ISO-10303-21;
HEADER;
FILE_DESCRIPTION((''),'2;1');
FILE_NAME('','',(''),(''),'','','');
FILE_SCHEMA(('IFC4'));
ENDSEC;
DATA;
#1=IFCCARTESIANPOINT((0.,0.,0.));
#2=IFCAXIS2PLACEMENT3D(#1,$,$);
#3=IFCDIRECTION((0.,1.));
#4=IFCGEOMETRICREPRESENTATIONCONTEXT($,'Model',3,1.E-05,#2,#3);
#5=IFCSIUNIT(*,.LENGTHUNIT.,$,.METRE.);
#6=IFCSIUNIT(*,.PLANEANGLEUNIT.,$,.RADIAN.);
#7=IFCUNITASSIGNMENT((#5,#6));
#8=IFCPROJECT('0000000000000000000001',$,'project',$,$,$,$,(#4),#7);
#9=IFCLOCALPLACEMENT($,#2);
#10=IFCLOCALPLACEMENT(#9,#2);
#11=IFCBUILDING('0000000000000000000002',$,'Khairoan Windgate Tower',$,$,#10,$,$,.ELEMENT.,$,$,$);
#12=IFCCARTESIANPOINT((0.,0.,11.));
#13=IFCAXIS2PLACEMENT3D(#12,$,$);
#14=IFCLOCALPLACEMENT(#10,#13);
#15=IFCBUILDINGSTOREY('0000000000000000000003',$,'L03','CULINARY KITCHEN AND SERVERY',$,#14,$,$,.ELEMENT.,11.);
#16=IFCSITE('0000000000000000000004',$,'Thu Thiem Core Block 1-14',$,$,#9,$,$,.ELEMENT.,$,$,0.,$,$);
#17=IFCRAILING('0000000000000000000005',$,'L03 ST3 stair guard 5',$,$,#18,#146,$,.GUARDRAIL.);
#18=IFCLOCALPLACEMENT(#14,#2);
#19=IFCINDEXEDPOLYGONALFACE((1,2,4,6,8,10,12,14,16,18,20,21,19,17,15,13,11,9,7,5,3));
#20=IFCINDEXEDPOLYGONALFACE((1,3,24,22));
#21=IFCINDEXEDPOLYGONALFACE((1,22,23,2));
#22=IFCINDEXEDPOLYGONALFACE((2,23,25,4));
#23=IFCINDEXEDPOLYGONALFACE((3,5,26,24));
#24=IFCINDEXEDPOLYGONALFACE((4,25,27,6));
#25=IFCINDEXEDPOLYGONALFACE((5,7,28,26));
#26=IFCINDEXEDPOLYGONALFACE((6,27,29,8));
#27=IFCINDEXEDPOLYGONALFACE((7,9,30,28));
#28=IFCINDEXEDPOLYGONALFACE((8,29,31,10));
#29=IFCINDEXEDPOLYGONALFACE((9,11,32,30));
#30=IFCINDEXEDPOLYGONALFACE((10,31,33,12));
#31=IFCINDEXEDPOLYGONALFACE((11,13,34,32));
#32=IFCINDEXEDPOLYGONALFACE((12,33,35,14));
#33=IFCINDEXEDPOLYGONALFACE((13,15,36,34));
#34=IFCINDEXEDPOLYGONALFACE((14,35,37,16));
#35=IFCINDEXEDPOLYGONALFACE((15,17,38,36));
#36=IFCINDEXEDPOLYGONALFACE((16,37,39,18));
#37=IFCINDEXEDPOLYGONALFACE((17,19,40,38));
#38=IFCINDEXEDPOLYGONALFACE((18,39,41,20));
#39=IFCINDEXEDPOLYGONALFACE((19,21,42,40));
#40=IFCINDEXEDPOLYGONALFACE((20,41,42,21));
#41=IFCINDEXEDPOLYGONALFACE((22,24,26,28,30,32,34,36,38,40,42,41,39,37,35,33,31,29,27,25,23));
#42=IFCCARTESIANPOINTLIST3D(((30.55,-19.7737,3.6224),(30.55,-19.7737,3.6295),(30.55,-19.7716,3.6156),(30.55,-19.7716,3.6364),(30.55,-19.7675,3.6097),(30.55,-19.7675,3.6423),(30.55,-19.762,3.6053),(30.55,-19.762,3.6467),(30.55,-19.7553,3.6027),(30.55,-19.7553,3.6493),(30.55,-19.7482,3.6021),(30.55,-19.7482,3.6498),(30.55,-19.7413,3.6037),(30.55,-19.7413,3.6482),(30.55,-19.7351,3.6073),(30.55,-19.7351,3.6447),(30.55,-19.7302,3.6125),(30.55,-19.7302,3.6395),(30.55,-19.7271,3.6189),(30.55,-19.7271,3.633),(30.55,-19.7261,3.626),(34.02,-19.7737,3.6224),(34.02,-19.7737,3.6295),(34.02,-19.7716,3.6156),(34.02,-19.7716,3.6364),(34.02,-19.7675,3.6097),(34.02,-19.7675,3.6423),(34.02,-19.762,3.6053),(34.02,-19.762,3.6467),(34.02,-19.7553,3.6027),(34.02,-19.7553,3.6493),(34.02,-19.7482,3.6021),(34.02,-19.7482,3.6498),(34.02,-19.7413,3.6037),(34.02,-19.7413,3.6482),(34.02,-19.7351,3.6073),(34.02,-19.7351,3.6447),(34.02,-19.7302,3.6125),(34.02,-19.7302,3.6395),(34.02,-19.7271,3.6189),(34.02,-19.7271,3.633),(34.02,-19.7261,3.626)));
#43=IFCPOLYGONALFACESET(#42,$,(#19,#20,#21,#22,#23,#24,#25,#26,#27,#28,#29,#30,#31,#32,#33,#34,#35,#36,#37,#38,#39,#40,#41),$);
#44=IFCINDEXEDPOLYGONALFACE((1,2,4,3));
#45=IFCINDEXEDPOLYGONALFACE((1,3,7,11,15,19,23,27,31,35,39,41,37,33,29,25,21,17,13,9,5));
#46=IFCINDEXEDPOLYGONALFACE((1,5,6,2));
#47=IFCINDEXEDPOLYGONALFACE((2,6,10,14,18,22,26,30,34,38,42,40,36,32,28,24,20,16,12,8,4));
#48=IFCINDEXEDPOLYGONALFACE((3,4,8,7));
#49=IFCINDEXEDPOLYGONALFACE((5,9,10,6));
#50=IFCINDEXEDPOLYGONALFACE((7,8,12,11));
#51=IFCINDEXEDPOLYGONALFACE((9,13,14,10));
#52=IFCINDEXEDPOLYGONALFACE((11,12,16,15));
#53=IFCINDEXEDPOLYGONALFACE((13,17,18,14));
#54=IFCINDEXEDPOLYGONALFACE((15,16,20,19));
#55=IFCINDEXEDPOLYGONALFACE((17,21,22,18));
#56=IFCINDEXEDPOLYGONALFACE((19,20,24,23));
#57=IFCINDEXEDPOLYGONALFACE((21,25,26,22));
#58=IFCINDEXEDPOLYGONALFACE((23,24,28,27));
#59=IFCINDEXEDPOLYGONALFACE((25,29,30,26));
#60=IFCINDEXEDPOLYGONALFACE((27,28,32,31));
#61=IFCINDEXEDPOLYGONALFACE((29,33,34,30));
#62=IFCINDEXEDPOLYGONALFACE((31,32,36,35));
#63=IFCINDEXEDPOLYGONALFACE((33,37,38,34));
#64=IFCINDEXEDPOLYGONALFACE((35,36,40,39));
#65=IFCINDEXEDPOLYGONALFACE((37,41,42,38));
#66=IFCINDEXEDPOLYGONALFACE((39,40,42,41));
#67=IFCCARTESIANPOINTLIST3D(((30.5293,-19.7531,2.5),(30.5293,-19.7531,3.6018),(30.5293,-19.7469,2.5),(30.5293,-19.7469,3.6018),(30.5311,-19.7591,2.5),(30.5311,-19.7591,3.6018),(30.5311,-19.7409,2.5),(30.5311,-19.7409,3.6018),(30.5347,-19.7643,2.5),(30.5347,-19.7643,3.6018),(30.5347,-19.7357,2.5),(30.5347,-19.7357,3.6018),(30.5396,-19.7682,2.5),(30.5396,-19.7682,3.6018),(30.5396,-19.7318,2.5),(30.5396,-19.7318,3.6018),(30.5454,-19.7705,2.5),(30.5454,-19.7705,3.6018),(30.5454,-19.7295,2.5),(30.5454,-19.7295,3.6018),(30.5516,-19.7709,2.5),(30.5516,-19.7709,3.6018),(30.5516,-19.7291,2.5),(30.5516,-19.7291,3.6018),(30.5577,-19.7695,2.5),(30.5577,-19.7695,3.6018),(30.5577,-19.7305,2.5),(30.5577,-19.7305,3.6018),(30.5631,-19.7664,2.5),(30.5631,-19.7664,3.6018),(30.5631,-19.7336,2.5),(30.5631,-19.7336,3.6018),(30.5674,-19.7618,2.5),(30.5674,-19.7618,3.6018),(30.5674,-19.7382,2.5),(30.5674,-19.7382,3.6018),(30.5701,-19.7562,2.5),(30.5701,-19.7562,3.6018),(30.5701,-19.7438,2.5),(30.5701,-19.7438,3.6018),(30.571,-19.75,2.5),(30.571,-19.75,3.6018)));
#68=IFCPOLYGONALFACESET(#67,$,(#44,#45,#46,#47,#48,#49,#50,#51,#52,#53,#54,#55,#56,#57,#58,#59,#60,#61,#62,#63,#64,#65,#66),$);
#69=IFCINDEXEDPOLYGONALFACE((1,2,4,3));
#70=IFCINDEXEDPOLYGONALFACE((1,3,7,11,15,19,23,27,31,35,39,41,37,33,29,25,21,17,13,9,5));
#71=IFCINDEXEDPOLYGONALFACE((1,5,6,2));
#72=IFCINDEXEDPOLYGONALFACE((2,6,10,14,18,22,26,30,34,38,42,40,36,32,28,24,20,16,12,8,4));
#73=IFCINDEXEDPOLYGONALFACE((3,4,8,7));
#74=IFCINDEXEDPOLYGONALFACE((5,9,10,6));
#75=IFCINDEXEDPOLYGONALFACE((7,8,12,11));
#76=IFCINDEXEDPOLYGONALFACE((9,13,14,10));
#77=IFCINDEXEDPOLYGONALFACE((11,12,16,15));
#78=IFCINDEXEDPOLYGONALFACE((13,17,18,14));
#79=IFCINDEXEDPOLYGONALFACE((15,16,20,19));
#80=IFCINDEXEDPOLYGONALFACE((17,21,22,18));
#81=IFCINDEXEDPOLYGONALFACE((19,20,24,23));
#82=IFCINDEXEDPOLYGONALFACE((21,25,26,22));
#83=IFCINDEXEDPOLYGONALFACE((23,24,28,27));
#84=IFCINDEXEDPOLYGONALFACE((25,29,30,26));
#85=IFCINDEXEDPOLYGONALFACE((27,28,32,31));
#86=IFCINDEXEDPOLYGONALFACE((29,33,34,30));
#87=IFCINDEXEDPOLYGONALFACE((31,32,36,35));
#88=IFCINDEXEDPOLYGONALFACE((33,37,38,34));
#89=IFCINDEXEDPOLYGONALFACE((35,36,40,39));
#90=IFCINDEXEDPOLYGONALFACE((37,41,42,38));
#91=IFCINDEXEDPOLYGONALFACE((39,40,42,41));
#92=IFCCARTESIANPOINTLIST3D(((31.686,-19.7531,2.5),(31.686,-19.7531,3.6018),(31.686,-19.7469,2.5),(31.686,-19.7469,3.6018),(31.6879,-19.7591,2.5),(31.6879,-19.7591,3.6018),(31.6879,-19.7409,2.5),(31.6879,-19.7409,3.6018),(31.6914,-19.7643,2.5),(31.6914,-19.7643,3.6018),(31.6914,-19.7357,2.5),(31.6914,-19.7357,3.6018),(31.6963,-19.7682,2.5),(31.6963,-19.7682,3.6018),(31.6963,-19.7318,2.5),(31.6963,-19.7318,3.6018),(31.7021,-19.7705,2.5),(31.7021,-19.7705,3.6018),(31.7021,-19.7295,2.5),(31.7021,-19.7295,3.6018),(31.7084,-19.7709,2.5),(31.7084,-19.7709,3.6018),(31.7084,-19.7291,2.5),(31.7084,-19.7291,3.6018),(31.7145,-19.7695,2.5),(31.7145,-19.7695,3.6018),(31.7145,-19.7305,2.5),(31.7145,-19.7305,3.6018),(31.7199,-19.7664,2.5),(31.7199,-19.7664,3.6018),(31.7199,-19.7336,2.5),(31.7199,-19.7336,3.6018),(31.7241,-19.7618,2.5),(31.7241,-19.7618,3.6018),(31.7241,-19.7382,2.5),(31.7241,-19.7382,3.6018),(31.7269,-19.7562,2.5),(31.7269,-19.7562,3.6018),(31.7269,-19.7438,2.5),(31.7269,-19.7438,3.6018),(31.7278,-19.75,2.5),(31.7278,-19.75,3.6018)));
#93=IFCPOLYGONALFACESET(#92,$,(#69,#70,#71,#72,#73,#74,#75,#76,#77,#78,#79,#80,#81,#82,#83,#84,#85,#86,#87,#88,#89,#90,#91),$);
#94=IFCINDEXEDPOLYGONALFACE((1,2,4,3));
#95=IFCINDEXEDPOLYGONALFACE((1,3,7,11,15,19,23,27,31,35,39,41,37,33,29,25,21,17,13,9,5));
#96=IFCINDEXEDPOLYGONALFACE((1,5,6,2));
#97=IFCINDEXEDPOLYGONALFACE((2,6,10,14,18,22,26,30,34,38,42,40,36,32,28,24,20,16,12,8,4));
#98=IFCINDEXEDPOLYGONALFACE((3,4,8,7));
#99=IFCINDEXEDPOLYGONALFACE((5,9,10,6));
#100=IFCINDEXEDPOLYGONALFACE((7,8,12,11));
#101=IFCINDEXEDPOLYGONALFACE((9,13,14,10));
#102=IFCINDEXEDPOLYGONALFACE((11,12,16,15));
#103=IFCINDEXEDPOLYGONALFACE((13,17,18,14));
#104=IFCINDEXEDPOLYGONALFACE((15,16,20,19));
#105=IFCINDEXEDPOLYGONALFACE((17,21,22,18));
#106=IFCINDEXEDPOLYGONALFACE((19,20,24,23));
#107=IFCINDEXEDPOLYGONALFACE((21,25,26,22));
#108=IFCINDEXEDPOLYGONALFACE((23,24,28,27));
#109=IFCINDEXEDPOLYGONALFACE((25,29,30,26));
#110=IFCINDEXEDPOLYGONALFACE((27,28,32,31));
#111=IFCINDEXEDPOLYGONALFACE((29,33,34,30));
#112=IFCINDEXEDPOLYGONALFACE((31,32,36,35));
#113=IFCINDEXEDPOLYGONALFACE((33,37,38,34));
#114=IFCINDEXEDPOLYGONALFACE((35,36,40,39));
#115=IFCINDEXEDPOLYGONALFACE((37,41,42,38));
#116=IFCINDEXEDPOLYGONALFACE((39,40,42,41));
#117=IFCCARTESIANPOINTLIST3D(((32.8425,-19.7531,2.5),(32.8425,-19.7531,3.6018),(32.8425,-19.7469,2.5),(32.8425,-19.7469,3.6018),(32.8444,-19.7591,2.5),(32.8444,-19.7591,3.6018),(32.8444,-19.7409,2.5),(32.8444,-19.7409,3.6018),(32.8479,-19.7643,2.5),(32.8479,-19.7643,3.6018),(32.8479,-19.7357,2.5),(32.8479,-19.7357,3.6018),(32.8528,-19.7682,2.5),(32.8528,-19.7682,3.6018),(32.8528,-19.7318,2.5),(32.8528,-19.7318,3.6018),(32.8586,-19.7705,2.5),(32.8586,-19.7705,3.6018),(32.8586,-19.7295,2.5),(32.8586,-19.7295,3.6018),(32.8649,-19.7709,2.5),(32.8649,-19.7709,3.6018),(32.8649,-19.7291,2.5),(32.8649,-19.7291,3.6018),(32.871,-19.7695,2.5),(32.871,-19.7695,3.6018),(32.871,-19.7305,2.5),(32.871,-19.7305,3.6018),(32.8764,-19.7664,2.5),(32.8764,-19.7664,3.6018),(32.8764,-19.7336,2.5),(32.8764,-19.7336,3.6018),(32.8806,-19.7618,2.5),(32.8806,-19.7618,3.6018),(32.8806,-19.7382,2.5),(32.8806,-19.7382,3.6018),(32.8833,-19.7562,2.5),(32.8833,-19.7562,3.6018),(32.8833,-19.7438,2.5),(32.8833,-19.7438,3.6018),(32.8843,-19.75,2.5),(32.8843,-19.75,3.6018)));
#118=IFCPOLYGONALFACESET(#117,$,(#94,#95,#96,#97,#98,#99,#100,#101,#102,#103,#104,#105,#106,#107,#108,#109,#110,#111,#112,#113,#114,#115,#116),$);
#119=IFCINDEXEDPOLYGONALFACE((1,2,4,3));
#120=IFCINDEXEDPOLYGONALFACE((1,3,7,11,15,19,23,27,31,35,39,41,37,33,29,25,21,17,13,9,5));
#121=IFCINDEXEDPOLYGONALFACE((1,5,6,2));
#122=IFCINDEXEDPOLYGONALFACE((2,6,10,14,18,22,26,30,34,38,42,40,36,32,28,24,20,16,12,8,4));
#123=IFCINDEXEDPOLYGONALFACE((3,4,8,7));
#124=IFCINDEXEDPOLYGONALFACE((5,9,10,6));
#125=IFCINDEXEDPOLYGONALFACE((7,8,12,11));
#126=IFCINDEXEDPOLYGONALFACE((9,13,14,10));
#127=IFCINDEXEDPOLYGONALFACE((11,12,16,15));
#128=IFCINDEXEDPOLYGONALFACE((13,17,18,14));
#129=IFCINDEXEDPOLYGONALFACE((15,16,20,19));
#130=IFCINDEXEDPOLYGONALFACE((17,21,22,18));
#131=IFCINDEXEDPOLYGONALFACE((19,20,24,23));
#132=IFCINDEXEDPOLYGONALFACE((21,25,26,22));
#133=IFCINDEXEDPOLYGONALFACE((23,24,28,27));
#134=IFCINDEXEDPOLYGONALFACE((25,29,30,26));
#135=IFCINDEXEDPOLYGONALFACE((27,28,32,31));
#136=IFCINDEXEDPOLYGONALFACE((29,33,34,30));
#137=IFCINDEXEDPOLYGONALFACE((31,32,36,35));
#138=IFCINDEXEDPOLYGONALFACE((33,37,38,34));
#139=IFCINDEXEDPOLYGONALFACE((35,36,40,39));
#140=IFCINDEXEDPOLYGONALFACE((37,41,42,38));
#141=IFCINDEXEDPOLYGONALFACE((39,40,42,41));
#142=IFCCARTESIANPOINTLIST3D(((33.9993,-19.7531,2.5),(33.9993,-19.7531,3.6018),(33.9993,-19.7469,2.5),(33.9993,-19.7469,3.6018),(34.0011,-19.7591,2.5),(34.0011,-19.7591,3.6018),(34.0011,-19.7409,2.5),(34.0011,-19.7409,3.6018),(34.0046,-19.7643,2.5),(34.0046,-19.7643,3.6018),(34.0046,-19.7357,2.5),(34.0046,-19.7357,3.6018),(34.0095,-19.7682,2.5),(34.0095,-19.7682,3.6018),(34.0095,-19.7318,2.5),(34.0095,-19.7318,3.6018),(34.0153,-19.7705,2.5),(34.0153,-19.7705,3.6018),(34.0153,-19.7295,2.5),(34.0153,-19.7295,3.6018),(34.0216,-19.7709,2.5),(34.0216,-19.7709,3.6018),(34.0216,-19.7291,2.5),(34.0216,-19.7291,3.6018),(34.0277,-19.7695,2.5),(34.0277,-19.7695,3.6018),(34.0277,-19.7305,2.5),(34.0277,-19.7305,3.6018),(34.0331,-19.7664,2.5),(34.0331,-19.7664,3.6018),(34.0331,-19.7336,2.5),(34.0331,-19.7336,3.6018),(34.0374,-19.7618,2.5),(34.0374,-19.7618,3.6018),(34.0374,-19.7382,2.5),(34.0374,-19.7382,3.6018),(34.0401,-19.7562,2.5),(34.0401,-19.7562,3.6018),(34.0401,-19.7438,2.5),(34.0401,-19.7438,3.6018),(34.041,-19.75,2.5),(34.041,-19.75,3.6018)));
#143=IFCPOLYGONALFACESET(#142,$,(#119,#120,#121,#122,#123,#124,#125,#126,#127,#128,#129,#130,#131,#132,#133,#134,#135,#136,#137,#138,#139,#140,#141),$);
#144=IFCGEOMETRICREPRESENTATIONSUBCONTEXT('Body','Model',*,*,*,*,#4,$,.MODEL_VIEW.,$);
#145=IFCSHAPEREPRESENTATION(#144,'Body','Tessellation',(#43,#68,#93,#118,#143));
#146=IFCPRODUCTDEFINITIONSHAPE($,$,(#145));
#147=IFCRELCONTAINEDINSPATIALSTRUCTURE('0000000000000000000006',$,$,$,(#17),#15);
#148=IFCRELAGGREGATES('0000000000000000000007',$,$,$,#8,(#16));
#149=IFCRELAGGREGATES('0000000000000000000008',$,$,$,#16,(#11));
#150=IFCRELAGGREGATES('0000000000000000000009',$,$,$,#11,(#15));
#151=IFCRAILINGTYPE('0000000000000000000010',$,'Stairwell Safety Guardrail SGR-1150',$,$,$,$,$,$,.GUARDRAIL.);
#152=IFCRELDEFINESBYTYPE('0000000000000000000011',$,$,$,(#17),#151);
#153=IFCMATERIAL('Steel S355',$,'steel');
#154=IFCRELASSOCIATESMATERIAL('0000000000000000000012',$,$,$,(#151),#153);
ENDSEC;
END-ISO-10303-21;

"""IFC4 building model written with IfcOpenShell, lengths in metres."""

from ifc_helpers import new_model, si_unit, direction, frame, origin, origin_2d, place, context, subcontext, project, spatial, circle, extrude, material, type_object, element, save


model = new_model("IFC4")

# Units and contexts
model_context = context("Model", 3, precision=1e-05, world=origin(), true_north=direction((0.0, 1.0)))
body_context = subcontext(model_context, "Body", "Model", "MODEL_VIEW")
ifc_project = project(units=[si_unit("LENGTHUNIT", "METRE"), si_unit("PLANEANGLEUNIT", "RADIAN")], contexts=[model_context])

# Site, building, storey
site_placement = place(None, origin())
site = spatial("IfcSite", under=ifc_project, at=site_placement, Name="Thu Thiem Core Block 1-14", CompositionType="ELEMENT", RefElevation=0.0)
building_placement = place(site_placement, origin())
building = spatial("IfcBuilding", under=site, at=building_placement, Name="Khairoan Windgate Tower", CompositionType="ELEMENT")
storey_placement = place(building_placement, frame((0.0, 0.0, 11.0)))
storey = spatial("IfcBuildingStorey", under=building, at=storey_placement, Name="L03", Description="CULINARY KITCHEN AND SERVERY", CompositionType="ELEMENT", Elevation=11.0)

# Railing
ifc_material_1 = material(Name="Steel S355", Category="steel")
railing_type_1 = type_object("IfcRailingType", Name="Stairwell Safety Guardrail SGR-1150", PredefinedType="GUARDRAIL", material=ifc_material_1)
railing_1_placement = place(storey_placement, frame((30.55, -19.75, 2.5)))
element("IfcRailing", 1, at=railing_1_placement, inside=storey, type_object=railing_type_1, Name="L03 ST3 stair guard 5", PredefinedType="GUARDRAIL", context=body_context, shape_type="SweptSolid", body=[
    extrude(circle(Radius=0.0239, at=origin_2d()), frame((0.0, 0.0, 1.126), z_axis=(1.0, 0.0, 0.0), x_axis=(0.0, 1.0, 0.0)), (0.0, 0.0, 1.0), 3.47),
    extrude(circle(Radius=0.021, at=origin_2d()), origin(), (0.0, 0.0, 1.0), 1.1018),
    extrude(circle(Radius=0.021, at=origin_2d()), frame((1.1567, 0.0, 0.0)), (0.0, 0.0, 1.0), 1.1018),
    extrude(circle(Radius=0.021, at=origin_2d()), frame((2.3132, 0.0, 0.0)), (0.0, 0.0, 1.0), 1.1018),
    extrude(circle(Radius=0.021, at=origin_2d()), frame((3.47, 0.0, 0.0)), (0.0, 0.0, 1.0), 1.1018),
])

save(model, "model.ifc")
